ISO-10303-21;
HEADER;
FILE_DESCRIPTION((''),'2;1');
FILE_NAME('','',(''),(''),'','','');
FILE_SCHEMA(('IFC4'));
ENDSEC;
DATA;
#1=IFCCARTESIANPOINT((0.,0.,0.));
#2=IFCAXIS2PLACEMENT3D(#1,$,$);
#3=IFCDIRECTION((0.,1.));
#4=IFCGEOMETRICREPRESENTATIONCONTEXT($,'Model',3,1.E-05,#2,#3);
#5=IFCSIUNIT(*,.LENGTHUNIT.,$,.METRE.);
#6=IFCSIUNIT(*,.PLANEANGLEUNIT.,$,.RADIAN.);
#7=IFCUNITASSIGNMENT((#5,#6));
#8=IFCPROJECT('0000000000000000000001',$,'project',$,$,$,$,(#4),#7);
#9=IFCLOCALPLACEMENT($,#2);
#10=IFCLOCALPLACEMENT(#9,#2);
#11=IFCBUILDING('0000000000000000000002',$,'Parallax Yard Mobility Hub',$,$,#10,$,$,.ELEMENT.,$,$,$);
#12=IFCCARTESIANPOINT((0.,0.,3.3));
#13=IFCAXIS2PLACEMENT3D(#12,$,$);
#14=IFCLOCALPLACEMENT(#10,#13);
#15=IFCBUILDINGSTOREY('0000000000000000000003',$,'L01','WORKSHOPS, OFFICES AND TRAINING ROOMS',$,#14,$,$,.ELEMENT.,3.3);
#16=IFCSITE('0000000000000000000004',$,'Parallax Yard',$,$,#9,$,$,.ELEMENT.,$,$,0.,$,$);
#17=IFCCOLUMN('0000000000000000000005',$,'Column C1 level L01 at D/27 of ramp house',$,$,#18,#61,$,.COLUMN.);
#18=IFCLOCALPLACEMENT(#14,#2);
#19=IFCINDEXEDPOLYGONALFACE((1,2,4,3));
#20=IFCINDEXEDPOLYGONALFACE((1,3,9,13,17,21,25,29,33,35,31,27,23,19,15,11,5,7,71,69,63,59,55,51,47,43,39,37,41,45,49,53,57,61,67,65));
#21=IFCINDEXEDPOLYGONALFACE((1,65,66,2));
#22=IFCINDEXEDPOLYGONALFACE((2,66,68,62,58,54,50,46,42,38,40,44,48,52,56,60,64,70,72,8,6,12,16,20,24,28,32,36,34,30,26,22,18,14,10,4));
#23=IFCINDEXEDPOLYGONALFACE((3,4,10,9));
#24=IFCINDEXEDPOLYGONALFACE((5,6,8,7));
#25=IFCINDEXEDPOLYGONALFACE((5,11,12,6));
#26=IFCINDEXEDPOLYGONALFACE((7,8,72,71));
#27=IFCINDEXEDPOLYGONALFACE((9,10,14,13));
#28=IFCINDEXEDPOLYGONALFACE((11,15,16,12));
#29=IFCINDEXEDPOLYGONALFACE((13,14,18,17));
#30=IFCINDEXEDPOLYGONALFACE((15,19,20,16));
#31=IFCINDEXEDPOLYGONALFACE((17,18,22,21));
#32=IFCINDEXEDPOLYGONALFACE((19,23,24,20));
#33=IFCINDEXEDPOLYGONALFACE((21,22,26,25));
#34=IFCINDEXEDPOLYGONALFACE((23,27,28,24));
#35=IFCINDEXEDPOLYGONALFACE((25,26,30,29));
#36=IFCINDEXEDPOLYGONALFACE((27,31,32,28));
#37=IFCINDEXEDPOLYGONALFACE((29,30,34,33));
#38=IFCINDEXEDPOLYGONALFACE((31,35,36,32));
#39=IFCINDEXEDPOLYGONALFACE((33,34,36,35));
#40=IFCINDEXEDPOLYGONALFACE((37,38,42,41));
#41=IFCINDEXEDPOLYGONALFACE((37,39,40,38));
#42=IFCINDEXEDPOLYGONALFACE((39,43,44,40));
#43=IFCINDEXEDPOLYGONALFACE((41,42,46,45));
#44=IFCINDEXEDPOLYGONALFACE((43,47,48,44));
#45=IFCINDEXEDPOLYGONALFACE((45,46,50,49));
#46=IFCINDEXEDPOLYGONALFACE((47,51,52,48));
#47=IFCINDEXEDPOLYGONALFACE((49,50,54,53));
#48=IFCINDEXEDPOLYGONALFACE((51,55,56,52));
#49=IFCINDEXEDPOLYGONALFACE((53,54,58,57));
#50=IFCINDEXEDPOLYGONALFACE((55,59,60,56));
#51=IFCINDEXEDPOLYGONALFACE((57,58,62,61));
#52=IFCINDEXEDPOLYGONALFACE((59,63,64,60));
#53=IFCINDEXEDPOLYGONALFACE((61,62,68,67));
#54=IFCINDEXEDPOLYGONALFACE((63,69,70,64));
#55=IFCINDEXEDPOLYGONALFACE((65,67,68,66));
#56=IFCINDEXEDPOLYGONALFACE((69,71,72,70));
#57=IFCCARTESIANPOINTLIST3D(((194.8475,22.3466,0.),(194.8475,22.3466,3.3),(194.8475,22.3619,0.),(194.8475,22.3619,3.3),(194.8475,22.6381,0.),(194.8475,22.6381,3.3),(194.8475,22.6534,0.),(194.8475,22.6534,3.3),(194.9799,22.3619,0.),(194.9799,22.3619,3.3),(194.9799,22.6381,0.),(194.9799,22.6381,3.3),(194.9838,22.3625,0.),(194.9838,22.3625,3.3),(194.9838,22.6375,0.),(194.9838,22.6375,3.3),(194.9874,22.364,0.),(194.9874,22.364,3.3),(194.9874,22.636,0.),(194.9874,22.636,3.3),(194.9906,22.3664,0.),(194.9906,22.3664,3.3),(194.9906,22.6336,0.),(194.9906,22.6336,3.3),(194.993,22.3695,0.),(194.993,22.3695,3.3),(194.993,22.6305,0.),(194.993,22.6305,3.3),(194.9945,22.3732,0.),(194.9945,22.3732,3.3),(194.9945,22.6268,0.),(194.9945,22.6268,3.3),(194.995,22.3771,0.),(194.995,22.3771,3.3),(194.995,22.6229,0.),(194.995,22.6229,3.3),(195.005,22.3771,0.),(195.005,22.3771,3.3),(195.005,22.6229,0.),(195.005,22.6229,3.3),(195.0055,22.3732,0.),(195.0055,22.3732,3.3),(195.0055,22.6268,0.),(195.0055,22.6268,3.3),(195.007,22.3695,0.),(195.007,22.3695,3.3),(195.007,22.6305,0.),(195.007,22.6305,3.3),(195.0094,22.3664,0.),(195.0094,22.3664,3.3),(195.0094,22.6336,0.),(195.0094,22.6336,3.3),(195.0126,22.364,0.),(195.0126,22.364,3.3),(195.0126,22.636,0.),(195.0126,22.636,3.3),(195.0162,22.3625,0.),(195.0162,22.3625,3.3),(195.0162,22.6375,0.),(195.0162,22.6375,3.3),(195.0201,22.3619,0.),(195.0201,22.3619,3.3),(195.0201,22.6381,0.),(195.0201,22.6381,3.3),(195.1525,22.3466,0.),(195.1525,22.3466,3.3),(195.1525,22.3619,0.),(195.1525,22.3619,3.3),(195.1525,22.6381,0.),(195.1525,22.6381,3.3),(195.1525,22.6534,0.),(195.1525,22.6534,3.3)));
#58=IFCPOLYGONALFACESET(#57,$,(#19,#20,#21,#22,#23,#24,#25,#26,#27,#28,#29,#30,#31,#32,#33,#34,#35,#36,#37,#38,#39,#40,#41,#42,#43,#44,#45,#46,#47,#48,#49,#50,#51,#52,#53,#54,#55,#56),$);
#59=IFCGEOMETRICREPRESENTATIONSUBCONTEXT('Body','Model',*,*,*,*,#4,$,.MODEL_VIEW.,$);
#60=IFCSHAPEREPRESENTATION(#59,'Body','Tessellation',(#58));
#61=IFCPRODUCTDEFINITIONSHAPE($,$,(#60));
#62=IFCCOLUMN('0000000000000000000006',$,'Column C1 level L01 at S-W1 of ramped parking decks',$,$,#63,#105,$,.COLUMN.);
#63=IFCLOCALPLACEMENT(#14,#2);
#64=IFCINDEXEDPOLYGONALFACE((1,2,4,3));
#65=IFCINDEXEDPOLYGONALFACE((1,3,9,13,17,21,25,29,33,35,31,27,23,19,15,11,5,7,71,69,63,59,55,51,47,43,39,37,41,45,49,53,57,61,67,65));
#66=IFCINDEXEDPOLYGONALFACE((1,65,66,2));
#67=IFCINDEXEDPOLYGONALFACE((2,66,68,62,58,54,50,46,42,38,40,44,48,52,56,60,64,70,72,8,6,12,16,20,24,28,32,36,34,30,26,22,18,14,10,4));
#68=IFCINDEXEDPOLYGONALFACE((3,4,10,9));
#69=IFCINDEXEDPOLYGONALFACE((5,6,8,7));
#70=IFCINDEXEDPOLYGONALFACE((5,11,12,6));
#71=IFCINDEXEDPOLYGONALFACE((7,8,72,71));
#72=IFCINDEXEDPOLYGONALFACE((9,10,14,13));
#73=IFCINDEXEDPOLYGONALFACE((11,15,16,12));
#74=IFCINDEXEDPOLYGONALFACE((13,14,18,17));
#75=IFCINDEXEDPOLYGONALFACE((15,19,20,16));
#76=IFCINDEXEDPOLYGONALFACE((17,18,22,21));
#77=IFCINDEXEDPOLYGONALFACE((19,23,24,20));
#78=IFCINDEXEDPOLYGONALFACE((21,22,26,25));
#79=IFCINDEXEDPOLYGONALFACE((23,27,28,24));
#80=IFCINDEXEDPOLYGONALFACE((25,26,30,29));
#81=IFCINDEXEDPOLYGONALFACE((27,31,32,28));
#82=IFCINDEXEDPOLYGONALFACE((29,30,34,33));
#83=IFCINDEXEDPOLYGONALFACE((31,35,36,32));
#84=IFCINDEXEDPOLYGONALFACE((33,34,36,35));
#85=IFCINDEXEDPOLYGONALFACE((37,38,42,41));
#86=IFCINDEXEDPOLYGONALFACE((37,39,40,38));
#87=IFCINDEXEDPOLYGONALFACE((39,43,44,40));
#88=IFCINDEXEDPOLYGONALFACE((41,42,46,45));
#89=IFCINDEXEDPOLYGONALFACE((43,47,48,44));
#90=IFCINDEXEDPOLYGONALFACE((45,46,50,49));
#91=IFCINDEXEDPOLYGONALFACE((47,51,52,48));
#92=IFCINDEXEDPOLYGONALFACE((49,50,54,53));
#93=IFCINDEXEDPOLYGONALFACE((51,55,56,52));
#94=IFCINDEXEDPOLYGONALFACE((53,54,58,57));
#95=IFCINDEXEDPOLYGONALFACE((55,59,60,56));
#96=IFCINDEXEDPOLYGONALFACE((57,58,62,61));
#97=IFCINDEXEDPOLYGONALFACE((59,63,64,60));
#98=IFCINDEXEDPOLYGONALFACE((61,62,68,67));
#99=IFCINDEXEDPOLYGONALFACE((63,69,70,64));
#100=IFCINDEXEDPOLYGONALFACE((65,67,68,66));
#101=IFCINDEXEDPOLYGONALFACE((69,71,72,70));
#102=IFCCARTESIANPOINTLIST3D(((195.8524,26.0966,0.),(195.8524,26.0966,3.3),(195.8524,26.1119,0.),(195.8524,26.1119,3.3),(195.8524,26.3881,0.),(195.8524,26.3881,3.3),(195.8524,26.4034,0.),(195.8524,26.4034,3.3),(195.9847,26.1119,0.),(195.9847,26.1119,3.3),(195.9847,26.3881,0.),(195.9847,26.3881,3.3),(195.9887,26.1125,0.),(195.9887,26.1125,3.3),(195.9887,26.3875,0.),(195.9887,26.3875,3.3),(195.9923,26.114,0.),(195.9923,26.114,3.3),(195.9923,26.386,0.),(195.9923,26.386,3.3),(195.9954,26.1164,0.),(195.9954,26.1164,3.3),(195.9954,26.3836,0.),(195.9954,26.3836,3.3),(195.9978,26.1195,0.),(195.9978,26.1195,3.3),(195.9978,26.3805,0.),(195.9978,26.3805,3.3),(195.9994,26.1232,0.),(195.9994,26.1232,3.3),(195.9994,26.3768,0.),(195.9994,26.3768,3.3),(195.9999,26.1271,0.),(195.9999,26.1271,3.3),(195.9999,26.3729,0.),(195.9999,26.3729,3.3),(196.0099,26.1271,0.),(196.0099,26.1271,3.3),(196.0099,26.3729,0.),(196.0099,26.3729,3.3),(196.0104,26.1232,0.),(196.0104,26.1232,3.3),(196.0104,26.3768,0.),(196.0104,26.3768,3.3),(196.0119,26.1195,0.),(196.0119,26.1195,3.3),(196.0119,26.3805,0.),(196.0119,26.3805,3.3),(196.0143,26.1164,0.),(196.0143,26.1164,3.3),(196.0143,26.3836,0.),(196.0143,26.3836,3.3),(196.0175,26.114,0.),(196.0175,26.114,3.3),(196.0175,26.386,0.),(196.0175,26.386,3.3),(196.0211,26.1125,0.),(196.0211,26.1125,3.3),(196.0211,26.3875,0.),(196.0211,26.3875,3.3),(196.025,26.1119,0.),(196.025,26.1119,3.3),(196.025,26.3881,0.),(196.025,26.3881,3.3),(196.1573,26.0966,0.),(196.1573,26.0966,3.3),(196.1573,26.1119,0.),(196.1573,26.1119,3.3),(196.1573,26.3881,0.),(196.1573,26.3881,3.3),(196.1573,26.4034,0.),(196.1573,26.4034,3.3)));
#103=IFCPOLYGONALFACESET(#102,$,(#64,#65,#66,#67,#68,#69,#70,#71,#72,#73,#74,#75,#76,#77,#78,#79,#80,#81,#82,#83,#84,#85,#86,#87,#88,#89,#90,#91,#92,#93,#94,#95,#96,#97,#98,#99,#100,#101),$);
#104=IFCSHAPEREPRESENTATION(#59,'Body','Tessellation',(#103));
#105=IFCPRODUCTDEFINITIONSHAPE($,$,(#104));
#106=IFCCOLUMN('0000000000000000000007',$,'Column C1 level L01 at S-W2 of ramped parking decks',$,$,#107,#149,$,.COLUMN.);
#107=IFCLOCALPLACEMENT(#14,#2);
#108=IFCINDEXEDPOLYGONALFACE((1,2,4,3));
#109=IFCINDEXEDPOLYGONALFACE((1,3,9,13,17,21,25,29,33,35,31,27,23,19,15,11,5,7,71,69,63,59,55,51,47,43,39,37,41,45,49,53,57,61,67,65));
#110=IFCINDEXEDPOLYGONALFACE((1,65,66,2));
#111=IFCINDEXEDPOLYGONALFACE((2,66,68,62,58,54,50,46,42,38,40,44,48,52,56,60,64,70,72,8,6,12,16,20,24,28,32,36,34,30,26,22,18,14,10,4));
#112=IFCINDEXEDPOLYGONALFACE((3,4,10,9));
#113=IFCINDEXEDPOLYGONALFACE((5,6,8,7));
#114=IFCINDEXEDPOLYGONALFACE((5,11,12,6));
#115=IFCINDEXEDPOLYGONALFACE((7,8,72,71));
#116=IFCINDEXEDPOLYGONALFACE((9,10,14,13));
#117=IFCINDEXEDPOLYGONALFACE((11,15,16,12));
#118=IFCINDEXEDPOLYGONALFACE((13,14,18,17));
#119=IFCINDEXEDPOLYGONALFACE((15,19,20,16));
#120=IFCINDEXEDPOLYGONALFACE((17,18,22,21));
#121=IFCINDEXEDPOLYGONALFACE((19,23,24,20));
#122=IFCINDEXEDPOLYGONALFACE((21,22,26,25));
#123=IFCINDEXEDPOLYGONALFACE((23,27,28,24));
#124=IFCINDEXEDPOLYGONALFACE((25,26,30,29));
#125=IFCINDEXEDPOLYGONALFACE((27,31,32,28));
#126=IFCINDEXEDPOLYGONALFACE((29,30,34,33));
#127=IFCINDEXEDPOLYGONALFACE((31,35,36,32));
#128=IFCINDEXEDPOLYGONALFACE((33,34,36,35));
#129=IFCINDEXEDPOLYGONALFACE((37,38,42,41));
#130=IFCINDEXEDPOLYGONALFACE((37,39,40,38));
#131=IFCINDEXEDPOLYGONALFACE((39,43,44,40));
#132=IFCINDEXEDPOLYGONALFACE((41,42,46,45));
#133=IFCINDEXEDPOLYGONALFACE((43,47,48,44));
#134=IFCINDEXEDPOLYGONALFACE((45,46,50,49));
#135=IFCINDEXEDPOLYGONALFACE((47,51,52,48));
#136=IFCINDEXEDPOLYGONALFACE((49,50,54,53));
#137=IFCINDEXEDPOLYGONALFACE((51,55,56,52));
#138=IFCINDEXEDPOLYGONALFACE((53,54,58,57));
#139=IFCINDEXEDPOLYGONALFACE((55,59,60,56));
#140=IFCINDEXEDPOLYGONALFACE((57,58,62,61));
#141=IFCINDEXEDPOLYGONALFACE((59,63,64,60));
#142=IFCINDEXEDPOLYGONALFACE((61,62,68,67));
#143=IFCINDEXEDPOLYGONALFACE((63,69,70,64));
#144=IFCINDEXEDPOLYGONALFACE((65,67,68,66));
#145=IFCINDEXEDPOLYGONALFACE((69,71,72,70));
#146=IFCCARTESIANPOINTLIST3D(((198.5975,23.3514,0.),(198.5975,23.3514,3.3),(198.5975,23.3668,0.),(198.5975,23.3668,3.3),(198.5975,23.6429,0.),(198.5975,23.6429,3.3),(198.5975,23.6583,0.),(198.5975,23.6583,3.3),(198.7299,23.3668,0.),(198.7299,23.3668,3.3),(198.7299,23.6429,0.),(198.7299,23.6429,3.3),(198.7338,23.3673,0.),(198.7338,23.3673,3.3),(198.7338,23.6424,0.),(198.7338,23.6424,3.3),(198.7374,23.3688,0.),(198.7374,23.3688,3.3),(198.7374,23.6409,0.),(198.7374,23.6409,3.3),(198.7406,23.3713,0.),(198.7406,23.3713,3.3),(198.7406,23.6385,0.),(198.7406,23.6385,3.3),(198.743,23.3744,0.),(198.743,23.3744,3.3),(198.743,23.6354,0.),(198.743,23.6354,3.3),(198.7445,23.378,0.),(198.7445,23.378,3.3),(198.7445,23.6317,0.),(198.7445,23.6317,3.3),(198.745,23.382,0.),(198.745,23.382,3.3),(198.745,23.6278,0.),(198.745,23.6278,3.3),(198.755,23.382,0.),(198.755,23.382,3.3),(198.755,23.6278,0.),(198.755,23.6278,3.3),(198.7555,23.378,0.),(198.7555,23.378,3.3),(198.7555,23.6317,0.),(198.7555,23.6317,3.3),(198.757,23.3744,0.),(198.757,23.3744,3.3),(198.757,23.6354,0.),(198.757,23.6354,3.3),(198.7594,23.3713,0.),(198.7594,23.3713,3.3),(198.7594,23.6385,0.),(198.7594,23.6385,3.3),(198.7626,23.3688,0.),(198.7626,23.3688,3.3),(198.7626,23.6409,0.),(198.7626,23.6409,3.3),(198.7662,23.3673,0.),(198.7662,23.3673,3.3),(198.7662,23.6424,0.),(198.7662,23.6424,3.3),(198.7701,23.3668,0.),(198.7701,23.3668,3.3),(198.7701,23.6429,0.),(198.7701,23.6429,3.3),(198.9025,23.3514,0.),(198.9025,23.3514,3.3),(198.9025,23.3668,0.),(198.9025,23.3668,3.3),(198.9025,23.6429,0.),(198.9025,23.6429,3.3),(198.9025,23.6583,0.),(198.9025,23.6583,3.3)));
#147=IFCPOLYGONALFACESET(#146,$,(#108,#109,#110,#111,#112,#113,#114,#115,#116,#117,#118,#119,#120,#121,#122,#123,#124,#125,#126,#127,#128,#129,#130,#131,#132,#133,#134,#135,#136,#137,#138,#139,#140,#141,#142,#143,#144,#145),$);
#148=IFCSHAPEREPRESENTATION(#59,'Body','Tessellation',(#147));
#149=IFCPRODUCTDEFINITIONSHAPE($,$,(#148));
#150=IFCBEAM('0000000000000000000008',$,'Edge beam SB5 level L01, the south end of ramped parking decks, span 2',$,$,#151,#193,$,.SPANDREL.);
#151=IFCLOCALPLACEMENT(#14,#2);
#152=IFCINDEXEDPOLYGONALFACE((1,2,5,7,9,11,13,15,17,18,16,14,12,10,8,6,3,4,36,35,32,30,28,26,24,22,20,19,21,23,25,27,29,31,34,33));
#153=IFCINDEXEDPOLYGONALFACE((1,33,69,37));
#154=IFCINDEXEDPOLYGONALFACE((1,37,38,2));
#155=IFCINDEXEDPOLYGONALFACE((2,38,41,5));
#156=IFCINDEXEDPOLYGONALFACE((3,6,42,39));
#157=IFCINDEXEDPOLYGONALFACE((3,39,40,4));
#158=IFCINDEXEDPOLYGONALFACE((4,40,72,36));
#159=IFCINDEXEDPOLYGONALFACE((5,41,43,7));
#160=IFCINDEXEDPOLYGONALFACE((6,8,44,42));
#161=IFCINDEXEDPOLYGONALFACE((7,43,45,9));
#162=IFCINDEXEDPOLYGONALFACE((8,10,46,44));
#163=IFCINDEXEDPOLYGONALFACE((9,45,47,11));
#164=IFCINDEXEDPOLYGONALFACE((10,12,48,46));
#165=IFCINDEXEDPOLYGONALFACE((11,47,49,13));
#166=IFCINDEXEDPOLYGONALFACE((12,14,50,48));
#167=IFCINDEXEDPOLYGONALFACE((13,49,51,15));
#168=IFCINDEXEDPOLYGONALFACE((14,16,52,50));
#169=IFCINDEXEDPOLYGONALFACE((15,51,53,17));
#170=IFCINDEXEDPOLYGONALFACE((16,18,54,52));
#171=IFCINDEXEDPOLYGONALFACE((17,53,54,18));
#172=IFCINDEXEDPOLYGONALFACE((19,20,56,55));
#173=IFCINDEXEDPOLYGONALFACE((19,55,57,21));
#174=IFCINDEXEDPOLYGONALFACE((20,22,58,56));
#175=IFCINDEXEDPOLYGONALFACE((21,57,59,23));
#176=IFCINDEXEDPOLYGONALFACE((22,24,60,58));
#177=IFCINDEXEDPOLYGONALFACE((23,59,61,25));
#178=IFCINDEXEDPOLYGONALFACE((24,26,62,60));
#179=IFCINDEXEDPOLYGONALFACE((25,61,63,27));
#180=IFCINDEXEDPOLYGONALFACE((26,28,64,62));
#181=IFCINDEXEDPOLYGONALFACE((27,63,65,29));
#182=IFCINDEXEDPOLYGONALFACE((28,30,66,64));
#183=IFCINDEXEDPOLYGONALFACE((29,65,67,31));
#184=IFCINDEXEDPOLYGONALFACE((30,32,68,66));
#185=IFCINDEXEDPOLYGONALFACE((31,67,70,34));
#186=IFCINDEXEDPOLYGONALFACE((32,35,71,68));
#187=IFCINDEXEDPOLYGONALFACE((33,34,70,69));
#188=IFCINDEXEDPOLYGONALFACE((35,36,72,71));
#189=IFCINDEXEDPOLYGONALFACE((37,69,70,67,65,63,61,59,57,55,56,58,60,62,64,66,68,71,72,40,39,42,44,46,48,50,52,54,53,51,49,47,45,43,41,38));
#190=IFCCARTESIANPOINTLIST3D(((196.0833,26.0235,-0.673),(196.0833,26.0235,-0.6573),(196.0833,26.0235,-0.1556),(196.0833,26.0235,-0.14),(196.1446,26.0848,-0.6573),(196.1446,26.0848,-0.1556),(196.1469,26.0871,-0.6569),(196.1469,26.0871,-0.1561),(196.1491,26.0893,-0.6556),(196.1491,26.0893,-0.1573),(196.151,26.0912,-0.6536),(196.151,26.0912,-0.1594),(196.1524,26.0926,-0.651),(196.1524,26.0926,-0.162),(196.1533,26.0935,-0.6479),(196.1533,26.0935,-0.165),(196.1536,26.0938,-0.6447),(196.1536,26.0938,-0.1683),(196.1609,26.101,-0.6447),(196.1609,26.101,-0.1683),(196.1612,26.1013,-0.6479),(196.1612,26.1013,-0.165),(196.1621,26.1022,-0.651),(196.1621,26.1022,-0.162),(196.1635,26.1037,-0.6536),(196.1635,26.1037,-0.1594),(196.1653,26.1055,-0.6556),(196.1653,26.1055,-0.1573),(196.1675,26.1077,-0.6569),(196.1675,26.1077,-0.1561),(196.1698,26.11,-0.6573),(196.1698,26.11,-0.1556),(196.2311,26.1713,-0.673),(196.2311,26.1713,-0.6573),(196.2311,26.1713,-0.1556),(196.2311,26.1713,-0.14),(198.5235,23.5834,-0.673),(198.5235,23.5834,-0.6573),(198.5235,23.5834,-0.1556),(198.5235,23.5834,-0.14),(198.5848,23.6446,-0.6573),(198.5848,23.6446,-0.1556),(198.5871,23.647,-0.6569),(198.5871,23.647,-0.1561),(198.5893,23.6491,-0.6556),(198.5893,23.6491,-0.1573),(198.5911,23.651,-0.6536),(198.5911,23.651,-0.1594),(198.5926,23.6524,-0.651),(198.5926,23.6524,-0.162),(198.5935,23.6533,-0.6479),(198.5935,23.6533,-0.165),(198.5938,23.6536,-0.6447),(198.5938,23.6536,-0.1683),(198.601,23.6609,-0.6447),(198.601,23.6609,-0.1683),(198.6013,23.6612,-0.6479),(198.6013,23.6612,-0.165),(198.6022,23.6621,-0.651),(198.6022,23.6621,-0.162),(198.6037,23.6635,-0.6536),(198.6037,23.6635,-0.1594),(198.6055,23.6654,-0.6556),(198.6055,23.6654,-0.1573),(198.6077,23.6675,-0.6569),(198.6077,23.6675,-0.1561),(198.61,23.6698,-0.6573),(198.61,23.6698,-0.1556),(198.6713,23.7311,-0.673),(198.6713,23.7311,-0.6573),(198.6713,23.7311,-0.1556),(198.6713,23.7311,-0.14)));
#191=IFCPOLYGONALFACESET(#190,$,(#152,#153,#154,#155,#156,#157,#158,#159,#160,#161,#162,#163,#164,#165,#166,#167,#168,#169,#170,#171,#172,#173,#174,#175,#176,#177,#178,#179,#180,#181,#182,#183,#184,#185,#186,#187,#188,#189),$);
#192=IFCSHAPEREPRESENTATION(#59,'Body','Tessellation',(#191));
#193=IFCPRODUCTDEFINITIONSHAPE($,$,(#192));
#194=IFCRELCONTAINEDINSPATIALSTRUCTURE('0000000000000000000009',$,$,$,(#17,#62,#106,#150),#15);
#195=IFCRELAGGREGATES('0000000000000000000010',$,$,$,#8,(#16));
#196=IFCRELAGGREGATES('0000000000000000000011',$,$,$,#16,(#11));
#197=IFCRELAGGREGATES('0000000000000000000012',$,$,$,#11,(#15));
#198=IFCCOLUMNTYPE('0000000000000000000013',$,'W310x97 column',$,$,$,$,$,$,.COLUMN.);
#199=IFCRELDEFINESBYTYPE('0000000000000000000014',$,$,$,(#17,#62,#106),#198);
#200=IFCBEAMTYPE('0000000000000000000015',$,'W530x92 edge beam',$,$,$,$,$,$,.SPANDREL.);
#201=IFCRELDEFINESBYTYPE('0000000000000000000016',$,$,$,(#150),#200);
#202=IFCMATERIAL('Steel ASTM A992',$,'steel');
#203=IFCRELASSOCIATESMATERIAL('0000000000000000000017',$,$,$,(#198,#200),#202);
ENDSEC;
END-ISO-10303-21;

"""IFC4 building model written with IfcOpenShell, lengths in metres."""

from ifc_helpers import new_model, si_unit, direction, frame, origin, origin_2d, place, context, subcontext, project, spatial, i_section, extrude, material, material_profile, profile_set, type_object, element, save


model = new_model("IFC4")

# Units and contexts
model_context = context("Model", 3, precision=1e-05, world=origin(), true_north=direction((0.0, 1.0)))
body_context = subcontext(model_context, "Body", "Model", "MODEL_VIEW")
ifc_project = project(units=[si_unit("LENGTHUNIT", "METRE"), si_unit("PLANEANGLEUNIT", "RADIAN")], contexts=[model_context])

# Site, building, storey
site_placement = place(None, origin())
site = spatial("IfcSite", under=ifc_project, at=site_placement, Name="Parallax Yard", CompositionType="ELEMENT", RefElevation=0.0)
building_placement = place(site_placement, origin())
building = spatial("IfcBuilding", under=site, at=building_placement, Name="Parallax Yard Mobility Hub", CompositionType="ELEMENT")
storey_placement = place(building_placement, frame((0.0, 0.0, 3.3)))
storey = spatial("IfcBuildingStorey", under=building, at=storey_placement, Name="L01", Description="WORKSHOPS, OFFICES AND TRAINING ROOMS", CompositionType="ELEMENT", Elevation=3.3)

# Columns
ifc_material_1 = material(Name="Steel ASTM A992", Category="steel")
ifc_material_profile_1 = material_profile(ifc_material_1, i_section(OverallWidth=0.3049, OverallDepth=0.3069, WebThickness=0.01, FlangeThickness=0.0154, FilletRadius=0.0151, at=origin_2d()), Name="W310x97")
ifc_profile_set_1 = profile_set([ifc_material_profile_1], Name="Steel ASTM A992")
column_type = type_object("IfcColumnType", Name="W310x97 column", PredefinedType="COLUMN", material=ifc_profile_set_1)
for number, where, z_axis, x_axis, name in (
    (1, (195.0, 22.5, 0.0), (0.0, 0.0, 1.0), (1.0, 0.0, 0.0), "Column C1 level L01 at D/27 of ramp house"),
    (2, (196.0049, 26.25, 0.0), (0.0, 0.0, 1.0), (1.0, 0.0, 0.0), "Column C1 level L01 at S-W1 of ramped parking decks"),
    (3, (198.75, 23.5049, 0.0), (0.0, 0.0, 1.0), (1.0, 0.0, 0.0), "Column C1 level L01 at S-W2 of ramped parking decks"),
):
    element("IfcColumn", number, at=place(storey_placement, frame(where, z_axis=z_axis, x_axis=x_axis)), inside=storey, type_object=column_type, Name=name, PredefinedType="COLUMN", context=body_context, shape_type="SweptSolid", body=[
        extrude(i_section(OverallWidth=0.3049, OverallDepth=0.3069, WebThickness=0.01, FlangeThickness=0.0154, FilletRadius=0.0151, at=origin_2d()), origin(), (0.0, 0.0, 1.0), 3.3),
    ])

# Beam
ifc_material_profile_2 = material_profile(ifc_material_1, i_section(OverallWidth=0.209, OverallDepth=0.533, WebThickness=0.0103, FlangeThickness=0.0156, FilletRadius=0.0127, at=origin_2d()), Name="W530x92")
ifc_profile_set_2 = profile_set([ifc_material_profile_2], Name="Steel ASTM A992")
beam_type_1 = type_object("IfcBeamType", Name="W530x92 edge beam", PredefinedType="SPANDREL", material=ifc_profile_set_2)
beam_1_placement = place(storey_placement, frame((196.1572, 26.0974, -0.4065), z_axis=(0.707107, -0.707107, 0.0), x_axis=(0.707107, 0.707107, 0.0)))
element("IfcBeam", 4, at=beam_1_placement, inside=storey, type_object=beam_type_1, Name="Edge beam SB5 level L01, the south end of ramped parking decks, span 2", PredefinedType="SPANDREL", context=body_context, shape_type="SweptSolid", body=[
    extrude(i_section(OverallWidth=0.209, OverallDepth=0.533, WebThickness=0.0103, FlangeThickness=0.0156, FilletRadius=0.0127, at=origin_2d()), origin(), (0.0, 0.0, 1.0), 3.4509),
])

save(model, "model.ifc")
